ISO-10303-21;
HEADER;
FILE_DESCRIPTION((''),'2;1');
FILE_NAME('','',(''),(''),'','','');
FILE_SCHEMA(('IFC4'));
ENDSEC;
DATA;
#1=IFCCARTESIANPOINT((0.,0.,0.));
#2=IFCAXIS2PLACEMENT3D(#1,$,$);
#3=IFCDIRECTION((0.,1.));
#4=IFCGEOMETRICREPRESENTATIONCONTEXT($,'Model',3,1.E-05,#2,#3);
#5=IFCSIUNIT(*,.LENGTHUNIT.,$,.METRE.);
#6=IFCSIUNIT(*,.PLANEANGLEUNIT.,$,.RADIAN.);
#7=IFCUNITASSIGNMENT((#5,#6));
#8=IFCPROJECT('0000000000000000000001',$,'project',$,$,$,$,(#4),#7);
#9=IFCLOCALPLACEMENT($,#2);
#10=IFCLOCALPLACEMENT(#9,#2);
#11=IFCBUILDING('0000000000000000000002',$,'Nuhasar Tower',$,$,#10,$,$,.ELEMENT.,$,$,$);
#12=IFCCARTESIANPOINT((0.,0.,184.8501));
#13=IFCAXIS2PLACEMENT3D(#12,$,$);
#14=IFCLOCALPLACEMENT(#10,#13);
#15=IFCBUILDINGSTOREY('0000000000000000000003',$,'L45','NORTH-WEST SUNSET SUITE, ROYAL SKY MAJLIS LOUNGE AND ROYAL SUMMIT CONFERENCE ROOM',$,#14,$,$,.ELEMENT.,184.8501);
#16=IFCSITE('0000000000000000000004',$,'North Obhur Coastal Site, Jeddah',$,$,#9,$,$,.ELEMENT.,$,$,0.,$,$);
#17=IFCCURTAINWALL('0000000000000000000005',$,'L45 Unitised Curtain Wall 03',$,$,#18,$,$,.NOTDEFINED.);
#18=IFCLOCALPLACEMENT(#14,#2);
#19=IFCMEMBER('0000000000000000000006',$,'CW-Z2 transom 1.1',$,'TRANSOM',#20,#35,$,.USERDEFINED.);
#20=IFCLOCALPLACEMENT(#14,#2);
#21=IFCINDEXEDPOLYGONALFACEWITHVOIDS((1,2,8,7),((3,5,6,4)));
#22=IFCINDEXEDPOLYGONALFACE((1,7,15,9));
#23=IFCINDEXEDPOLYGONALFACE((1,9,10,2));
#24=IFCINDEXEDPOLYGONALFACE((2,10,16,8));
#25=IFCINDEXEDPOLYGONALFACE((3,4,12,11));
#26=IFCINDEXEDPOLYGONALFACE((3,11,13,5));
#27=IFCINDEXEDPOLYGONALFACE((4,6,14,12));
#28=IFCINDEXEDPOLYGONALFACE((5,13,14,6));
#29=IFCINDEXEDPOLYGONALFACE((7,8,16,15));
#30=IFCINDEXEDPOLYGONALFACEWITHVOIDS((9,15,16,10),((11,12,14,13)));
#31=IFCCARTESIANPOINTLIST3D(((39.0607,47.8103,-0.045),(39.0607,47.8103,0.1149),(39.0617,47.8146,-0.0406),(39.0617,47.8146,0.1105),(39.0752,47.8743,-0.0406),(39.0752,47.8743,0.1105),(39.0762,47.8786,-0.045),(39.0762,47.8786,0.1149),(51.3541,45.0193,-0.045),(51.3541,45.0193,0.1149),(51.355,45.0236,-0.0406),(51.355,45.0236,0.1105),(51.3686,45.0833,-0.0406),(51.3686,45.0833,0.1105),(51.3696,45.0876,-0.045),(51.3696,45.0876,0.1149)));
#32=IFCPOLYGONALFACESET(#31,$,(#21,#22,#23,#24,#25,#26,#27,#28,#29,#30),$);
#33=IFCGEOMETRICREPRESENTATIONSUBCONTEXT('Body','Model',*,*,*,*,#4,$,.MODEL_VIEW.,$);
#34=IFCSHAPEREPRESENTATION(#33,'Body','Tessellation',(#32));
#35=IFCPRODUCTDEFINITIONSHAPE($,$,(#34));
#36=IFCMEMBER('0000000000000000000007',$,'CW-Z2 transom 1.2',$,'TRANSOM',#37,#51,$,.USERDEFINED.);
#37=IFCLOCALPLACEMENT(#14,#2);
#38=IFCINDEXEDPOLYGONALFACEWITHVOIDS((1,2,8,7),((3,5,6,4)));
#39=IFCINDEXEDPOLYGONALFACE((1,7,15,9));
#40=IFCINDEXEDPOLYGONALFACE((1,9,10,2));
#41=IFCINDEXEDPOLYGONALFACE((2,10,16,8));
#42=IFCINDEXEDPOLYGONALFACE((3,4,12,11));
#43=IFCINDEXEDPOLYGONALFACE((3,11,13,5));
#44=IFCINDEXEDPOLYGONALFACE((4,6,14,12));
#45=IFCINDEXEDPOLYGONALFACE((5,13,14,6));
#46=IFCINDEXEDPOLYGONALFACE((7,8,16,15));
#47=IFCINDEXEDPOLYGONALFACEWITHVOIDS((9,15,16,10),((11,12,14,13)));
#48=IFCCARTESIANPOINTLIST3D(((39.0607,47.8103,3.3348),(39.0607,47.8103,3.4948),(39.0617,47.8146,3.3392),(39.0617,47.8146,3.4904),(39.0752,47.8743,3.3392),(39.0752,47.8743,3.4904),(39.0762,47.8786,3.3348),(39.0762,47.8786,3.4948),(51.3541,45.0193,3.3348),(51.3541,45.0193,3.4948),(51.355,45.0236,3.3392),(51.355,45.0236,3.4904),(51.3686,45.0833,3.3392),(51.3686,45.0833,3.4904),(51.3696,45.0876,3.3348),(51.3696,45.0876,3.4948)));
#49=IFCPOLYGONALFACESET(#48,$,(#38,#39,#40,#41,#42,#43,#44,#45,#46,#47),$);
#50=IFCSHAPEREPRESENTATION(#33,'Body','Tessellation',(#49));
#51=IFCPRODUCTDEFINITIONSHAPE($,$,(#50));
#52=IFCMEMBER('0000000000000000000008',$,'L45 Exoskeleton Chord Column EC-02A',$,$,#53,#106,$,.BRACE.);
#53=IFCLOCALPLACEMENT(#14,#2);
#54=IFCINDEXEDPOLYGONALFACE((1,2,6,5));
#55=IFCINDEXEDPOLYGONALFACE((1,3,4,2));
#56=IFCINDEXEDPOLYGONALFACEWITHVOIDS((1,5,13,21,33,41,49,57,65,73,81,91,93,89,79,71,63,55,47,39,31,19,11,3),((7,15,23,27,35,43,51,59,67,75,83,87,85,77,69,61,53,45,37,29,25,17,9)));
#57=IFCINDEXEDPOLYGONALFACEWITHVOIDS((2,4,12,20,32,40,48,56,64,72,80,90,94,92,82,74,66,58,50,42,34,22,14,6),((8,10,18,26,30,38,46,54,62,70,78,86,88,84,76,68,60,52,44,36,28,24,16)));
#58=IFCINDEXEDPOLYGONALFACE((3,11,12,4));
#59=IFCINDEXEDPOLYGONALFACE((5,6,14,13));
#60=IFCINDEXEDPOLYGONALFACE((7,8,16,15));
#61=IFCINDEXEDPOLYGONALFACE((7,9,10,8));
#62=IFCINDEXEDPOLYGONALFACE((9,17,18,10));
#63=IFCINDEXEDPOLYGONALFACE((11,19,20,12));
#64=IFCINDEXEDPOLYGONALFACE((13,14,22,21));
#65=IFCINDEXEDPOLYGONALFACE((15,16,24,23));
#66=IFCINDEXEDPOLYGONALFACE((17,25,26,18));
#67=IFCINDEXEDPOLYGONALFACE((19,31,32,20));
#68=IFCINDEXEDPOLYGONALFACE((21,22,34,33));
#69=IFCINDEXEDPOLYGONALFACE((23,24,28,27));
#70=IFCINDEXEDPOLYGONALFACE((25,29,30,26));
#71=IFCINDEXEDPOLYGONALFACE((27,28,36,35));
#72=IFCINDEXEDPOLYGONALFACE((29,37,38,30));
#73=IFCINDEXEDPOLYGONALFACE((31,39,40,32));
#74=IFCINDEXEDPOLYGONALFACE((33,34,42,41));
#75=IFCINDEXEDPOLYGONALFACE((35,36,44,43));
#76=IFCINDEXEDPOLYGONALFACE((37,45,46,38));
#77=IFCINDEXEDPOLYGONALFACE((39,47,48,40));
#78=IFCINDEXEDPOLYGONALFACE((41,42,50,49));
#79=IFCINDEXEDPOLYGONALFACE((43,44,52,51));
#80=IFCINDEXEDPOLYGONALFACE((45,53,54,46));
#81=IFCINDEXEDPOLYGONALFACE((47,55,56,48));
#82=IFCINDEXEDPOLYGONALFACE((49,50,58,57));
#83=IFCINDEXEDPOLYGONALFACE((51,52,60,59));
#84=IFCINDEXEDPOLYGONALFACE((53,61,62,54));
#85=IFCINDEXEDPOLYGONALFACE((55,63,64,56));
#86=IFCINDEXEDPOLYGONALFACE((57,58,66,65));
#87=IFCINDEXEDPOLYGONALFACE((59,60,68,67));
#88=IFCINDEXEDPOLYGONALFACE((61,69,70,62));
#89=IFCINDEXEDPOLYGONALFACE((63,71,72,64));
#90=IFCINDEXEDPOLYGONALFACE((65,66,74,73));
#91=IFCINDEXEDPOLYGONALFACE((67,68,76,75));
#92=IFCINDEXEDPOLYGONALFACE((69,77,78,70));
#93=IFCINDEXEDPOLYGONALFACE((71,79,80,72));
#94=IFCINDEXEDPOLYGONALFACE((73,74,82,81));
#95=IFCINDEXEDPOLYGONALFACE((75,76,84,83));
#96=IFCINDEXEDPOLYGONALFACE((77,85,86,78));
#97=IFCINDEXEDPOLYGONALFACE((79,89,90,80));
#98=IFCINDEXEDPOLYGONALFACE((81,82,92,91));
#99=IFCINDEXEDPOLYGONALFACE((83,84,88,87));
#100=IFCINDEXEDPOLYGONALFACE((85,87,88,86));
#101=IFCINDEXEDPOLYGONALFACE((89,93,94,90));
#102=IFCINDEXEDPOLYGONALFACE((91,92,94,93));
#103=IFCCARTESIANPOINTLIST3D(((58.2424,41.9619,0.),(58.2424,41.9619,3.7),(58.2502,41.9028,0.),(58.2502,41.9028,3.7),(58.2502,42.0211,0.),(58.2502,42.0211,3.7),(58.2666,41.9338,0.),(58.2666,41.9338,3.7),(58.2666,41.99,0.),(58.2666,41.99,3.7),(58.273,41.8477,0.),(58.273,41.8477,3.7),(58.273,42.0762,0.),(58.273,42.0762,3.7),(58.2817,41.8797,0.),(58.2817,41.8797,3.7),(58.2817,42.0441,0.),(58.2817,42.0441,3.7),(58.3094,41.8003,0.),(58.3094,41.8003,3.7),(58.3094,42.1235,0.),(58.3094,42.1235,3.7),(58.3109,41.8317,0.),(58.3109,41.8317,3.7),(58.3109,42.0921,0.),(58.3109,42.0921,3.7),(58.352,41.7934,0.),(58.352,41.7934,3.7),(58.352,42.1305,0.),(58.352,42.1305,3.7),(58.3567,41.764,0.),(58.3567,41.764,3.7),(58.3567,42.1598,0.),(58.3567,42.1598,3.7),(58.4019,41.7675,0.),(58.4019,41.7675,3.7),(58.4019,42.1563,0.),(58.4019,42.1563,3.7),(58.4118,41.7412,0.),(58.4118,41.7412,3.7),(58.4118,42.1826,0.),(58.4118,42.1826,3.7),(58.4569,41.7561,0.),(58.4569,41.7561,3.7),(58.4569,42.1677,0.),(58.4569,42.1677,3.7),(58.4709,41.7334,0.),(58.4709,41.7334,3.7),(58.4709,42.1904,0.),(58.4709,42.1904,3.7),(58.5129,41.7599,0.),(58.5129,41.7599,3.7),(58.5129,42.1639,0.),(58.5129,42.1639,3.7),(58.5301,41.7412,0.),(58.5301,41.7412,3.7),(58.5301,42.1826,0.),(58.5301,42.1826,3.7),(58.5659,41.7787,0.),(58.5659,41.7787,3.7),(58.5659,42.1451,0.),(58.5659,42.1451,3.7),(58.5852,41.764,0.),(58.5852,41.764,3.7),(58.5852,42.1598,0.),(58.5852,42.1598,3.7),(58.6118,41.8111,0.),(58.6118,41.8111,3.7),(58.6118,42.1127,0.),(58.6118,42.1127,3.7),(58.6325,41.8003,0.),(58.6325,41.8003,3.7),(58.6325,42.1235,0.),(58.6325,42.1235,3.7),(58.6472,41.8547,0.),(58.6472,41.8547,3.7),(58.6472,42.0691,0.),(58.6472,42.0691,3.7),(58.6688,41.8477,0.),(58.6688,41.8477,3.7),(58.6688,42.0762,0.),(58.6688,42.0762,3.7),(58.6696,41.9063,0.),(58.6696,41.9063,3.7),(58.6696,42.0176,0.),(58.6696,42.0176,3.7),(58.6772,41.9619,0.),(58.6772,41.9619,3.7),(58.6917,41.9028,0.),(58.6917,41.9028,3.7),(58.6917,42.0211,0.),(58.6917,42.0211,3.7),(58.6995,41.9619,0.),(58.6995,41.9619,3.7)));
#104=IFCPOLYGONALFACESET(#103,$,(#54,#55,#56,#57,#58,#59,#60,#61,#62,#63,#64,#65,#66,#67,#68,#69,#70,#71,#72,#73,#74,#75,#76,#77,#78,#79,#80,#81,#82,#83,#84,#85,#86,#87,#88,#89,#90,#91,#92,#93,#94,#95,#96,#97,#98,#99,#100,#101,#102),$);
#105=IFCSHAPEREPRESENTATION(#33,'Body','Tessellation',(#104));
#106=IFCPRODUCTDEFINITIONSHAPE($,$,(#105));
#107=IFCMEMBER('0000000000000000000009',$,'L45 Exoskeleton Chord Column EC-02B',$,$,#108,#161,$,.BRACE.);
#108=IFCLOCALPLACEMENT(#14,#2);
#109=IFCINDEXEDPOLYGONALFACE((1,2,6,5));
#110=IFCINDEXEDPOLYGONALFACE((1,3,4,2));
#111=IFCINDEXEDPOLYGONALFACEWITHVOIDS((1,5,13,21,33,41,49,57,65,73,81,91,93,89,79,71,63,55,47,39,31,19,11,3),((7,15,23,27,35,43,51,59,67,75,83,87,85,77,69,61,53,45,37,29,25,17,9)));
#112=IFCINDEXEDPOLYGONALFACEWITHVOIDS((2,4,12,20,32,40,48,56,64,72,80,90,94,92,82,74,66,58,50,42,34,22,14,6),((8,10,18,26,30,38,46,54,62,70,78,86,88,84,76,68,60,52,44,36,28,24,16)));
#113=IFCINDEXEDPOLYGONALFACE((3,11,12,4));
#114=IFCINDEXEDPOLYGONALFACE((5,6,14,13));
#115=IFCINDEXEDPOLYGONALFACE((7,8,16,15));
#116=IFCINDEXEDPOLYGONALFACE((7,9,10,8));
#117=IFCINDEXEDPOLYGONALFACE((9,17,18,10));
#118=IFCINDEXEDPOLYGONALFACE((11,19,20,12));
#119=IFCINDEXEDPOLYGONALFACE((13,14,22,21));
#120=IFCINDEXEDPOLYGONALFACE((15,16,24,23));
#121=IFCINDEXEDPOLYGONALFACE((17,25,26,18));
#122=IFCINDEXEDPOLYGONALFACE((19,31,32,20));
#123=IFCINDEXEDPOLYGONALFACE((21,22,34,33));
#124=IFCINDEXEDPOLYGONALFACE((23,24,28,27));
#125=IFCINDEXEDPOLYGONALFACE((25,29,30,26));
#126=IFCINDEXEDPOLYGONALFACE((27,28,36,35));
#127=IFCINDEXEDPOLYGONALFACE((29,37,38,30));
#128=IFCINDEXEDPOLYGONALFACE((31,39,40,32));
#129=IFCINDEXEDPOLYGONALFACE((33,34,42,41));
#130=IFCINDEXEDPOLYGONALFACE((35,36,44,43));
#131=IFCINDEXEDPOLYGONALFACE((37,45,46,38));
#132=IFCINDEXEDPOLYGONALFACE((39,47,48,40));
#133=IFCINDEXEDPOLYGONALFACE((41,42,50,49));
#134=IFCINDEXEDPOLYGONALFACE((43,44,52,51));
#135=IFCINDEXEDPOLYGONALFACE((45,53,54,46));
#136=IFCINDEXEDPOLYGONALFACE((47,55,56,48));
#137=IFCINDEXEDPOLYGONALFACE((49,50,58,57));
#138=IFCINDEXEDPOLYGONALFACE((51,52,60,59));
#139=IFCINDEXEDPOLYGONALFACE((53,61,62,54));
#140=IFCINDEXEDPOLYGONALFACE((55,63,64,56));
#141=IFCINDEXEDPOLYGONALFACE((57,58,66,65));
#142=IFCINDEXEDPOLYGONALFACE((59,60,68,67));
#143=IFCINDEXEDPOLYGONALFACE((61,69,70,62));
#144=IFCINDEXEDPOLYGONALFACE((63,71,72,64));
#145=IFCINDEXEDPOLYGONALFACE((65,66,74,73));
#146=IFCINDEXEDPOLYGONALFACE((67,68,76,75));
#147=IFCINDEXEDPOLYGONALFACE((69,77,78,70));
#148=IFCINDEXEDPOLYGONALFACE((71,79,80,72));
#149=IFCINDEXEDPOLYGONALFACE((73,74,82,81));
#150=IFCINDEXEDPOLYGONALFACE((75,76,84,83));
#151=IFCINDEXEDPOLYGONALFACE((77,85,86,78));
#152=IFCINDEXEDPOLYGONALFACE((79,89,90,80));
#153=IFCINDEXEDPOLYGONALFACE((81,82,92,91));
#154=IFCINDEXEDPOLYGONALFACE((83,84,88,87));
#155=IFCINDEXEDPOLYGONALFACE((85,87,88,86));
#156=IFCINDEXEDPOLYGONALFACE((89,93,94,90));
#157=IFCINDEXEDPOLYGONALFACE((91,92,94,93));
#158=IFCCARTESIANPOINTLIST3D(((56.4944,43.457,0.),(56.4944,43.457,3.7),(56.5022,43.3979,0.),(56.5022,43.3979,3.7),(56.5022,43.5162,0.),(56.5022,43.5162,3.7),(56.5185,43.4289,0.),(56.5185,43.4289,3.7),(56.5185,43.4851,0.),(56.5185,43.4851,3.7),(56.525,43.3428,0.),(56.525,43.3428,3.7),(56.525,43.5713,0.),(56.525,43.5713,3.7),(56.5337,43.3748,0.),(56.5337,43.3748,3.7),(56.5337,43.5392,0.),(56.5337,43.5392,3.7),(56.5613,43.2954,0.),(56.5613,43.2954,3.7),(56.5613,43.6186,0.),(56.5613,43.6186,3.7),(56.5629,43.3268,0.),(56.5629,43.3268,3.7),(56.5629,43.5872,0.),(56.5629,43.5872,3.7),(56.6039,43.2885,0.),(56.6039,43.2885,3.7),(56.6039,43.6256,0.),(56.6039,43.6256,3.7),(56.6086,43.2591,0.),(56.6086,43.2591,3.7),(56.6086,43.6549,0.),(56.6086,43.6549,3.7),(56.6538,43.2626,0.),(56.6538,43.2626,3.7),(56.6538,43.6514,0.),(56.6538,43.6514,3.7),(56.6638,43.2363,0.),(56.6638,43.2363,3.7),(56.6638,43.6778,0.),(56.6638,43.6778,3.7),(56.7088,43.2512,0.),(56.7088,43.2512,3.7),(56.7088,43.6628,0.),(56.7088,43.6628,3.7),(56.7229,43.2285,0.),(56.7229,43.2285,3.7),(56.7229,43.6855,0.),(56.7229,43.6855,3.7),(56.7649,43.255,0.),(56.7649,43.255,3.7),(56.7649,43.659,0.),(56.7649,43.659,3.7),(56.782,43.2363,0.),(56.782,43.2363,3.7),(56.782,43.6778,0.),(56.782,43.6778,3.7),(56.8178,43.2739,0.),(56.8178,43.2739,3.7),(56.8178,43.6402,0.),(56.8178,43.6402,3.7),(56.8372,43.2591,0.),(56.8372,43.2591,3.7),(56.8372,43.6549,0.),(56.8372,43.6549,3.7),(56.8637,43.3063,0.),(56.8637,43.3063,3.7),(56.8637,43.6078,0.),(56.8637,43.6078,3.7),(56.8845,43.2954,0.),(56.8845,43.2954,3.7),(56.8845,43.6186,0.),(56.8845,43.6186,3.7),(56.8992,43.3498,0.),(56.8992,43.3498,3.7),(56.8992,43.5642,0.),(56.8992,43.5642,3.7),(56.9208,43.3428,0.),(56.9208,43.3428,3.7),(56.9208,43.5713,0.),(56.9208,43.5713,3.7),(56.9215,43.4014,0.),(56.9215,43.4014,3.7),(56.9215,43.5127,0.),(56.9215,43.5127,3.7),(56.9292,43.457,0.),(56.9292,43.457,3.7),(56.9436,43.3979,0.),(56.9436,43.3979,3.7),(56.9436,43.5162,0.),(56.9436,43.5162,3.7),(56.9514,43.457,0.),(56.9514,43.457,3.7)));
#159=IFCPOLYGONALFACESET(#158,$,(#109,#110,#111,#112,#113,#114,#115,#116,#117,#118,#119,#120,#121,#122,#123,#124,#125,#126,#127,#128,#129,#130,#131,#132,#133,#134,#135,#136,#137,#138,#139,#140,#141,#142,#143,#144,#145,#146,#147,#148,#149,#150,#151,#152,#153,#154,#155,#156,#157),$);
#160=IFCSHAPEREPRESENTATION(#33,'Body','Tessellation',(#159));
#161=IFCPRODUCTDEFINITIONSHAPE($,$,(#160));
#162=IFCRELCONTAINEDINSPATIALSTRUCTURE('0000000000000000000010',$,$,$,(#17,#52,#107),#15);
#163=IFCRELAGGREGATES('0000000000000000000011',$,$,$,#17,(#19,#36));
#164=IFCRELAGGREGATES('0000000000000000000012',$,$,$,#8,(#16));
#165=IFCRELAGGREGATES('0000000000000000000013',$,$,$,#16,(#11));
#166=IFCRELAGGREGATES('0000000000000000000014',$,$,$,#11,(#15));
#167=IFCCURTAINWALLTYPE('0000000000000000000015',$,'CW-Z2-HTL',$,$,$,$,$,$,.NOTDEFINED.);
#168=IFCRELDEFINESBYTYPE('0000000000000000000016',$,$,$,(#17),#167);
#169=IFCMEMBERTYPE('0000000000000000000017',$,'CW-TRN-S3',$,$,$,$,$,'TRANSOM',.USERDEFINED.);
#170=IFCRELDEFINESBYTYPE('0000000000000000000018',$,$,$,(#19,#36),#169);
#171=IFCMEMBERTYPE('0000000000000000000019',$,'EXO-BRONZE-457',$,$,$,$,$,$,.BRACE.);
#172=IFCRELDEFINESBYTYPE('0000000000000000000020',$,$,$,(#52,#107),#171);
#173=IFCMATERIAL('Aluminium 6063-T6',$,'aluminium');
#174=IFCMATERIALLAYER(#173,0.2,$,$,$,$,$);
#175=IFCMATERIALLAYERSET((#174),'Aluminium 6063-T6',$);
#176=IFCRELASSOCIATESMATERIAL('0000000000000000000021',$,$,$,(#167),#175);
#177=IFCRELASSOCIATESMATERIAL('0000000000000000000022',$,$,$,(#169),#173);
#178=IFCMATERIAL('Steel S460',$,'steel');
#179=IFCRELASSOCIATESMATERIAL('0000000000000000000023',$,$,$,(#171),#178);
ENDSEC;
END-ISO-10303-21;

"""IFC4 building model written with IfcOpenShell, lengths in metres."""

from ifc_helpers import new_model, si_unit, direction, frame, origin, origin_2d, place, context, subcontext, project, spatial, hollow_rectangle, hollow_circle, extrude, material, layer, layer_set, material_profile, profile_set, type_object, element, aggregate, save


model = new_model("IFC4")

# Units and contexts
model_context = context("Model", 3, precision=1e-05, world=origin(), true_north=direction((0.0, 1.0)))
body_context = subcontext(model_context, "Body", "Model", "MODEL_VIEW")
ifc_project = project(units=[si_unit("LENGTHUNIT", "METRE"), si_unit("PLANEANGLEUNIT", "RADIAN")], contexts=[model_context])

# Site, building, storey
site_placement = place(None, origin())
site = spatial("IfcSite", under=ifc_project, at=site_placement, Name="North Obhur Coastal Site, Jeddah", CompositionType="ELEMENT", RefElevation=0.0)
building_placement = place(site_placement, origin())
building = spatial("IfcBuilding", under=site, at=building_placement, Name="Nuhasar Tower", CompositionType="ELEMENT")
storey_placement = place(building_placement, frame((0.0, 0.0, 184.8501)))
storey = spatial("IfcBuildingStorey", under=building, at=storey_placement, Name="L45", Description="NORTH-WEST SUNSET SUITE, ROYAL SKY MAJLIS LOUNGE AND ROYAL SUMMIT CONFERENCE ROOM", CompositionType="ELEMENT", Elevation=184.8501)

# Shared definitions
ifc_material_1 = material(Name="Aluminium 6063-T6", Category="aluminium")
ifc_layer_1 = layer(ifc_material_1, 0.2)
ifc_layer_set_1 = layer_set([ifc_layer_1], Name="Aluminium 6063-T6")
curtain_wall_type = type_object("IfcCurtainWallType", Name="CW-Z2-HTL", PredefinedType="NOTDEFINED", material=ifc_layer_set_1)

# Curtain wall
curtain_wall_1_placement = place(storey_placement, origin())
curtain_wall_1 = element("IfcCurtainWall", 1, at=curtain_wall_1_placement, inside=storey, type_object=curtain_wall_type, Name="L45 Unitised Curtain Wall 03", PredefinedType="NOTDEFINED")

# Members
ifc_material_profile_1 = material_profile(ifc_material_1, hollow_rectangle(XDim=0.0701, YDim=0.1599, WallThickness=0.0044, at=origin_2d()), Name="CWT-3")
ifc_profile_set_1 = profile_set([ifc_material_profile_1], Name="Aluminium 6063-T6")
member_type_1 = type_object("IfcMemberType", Name="CW-TRN-S3", ElementType="TRANSOM", PredefinedType="USERDEFINED", material=ifc_profile_set_1)
member_1_placement = place(storey_placement, frame((51.3618, 45.0535, 0.0349), z_axis=(-0.975183, 0.221398, 0.0), x_axis=(-0.221398, -0.975183, 0.0)))
member_1 = element("IfcMember", 2, at=member_1_placement, type_object=member_type_1, Name="CW-Z2 transom 1.1", ObjectType="TRANSOM", PredefinedType="USERDEFINED", context=body_context, shape_type="SweptSolid", body=[
    extrude(hollow_rectangle(XDim=0.0701, YDim=0.1599, WallThickness=0.0044, at=origin_2d()), origin(), (0.0, 0.0, 1.0), 12.6062),
])
member_2_placement = place(storey_placement, frame((51.3618, 45.0535, 3.4148), z_axis=(-0.975183, 0.221398, 0.0), x_axis=(-0.221398, -0.975183, 0.0)))
member_2 = element("IfcMember", 3, at=member_2_placement, type_object=member_type_1, Name="CW-Z2 transom 1.2", ObjectType="TRANSOM", PredefinedType="USERDEFINED", context=body_context, shape_type="SweptSolid", body=[
    extrude(hollow_rectangle(XDim=0.0701, YDim=0.1599, WallThickness=0.0044, at=origin_2d()), origin(), (0.0, 0.0, 1.0), 12.6062),
])
aggregate(curtain_wall_1, [member_1, member_2])

# Members
ifc_material_2 = material(Name="Steel S460", Category="steel")
ifc_material_profile_2 = material_profile(ifc_material_2, hollow_circle(Radius=0.2285, WallThickness=0.0222, at=origin_2d()), Name="HSS457X22.2")
ifc_profile_set_2 = profile_set([ifc_material_profile_2], Name="Steel S460")
member_type_2 = type_object("IfcMemberType", Name="EXO-BRONZE-457", PredefinedType="BRACE", material=ifc_profile_set_2)
for number, where, z_axis, x_axis, name in (
    (4, (58.4709, 41.9619, 0.0), (0.0, 0.0, 1.0), (1.0, 0.0, 0.0), "L45 Exoskeleton Chord Column EC-02A"),
    (5, (56.7229, 43.457, 0.0), (0.0, 0.0, 1.0), (1.0, 0.0, 0.0), "L45 Exoskeleton Chord Column EC-02B"),
):
    element("IfcMember", number, at=place(storey_placement, frame(where, z_axis=z_axis, x_axis=x_axis)), inside=storey, type_object=member_type_2, Name=name, PredefinedType="BRACE", context=body_context, shape_type="SweptSolid", body=[
        extrude(hollow_circle(Radius=0.2285, WallThickness=0.0222, at=origin_2d()), origin(), (0.0, 0.0, 1.0), 3.7),
    ])

save(model, "model.ifc")
